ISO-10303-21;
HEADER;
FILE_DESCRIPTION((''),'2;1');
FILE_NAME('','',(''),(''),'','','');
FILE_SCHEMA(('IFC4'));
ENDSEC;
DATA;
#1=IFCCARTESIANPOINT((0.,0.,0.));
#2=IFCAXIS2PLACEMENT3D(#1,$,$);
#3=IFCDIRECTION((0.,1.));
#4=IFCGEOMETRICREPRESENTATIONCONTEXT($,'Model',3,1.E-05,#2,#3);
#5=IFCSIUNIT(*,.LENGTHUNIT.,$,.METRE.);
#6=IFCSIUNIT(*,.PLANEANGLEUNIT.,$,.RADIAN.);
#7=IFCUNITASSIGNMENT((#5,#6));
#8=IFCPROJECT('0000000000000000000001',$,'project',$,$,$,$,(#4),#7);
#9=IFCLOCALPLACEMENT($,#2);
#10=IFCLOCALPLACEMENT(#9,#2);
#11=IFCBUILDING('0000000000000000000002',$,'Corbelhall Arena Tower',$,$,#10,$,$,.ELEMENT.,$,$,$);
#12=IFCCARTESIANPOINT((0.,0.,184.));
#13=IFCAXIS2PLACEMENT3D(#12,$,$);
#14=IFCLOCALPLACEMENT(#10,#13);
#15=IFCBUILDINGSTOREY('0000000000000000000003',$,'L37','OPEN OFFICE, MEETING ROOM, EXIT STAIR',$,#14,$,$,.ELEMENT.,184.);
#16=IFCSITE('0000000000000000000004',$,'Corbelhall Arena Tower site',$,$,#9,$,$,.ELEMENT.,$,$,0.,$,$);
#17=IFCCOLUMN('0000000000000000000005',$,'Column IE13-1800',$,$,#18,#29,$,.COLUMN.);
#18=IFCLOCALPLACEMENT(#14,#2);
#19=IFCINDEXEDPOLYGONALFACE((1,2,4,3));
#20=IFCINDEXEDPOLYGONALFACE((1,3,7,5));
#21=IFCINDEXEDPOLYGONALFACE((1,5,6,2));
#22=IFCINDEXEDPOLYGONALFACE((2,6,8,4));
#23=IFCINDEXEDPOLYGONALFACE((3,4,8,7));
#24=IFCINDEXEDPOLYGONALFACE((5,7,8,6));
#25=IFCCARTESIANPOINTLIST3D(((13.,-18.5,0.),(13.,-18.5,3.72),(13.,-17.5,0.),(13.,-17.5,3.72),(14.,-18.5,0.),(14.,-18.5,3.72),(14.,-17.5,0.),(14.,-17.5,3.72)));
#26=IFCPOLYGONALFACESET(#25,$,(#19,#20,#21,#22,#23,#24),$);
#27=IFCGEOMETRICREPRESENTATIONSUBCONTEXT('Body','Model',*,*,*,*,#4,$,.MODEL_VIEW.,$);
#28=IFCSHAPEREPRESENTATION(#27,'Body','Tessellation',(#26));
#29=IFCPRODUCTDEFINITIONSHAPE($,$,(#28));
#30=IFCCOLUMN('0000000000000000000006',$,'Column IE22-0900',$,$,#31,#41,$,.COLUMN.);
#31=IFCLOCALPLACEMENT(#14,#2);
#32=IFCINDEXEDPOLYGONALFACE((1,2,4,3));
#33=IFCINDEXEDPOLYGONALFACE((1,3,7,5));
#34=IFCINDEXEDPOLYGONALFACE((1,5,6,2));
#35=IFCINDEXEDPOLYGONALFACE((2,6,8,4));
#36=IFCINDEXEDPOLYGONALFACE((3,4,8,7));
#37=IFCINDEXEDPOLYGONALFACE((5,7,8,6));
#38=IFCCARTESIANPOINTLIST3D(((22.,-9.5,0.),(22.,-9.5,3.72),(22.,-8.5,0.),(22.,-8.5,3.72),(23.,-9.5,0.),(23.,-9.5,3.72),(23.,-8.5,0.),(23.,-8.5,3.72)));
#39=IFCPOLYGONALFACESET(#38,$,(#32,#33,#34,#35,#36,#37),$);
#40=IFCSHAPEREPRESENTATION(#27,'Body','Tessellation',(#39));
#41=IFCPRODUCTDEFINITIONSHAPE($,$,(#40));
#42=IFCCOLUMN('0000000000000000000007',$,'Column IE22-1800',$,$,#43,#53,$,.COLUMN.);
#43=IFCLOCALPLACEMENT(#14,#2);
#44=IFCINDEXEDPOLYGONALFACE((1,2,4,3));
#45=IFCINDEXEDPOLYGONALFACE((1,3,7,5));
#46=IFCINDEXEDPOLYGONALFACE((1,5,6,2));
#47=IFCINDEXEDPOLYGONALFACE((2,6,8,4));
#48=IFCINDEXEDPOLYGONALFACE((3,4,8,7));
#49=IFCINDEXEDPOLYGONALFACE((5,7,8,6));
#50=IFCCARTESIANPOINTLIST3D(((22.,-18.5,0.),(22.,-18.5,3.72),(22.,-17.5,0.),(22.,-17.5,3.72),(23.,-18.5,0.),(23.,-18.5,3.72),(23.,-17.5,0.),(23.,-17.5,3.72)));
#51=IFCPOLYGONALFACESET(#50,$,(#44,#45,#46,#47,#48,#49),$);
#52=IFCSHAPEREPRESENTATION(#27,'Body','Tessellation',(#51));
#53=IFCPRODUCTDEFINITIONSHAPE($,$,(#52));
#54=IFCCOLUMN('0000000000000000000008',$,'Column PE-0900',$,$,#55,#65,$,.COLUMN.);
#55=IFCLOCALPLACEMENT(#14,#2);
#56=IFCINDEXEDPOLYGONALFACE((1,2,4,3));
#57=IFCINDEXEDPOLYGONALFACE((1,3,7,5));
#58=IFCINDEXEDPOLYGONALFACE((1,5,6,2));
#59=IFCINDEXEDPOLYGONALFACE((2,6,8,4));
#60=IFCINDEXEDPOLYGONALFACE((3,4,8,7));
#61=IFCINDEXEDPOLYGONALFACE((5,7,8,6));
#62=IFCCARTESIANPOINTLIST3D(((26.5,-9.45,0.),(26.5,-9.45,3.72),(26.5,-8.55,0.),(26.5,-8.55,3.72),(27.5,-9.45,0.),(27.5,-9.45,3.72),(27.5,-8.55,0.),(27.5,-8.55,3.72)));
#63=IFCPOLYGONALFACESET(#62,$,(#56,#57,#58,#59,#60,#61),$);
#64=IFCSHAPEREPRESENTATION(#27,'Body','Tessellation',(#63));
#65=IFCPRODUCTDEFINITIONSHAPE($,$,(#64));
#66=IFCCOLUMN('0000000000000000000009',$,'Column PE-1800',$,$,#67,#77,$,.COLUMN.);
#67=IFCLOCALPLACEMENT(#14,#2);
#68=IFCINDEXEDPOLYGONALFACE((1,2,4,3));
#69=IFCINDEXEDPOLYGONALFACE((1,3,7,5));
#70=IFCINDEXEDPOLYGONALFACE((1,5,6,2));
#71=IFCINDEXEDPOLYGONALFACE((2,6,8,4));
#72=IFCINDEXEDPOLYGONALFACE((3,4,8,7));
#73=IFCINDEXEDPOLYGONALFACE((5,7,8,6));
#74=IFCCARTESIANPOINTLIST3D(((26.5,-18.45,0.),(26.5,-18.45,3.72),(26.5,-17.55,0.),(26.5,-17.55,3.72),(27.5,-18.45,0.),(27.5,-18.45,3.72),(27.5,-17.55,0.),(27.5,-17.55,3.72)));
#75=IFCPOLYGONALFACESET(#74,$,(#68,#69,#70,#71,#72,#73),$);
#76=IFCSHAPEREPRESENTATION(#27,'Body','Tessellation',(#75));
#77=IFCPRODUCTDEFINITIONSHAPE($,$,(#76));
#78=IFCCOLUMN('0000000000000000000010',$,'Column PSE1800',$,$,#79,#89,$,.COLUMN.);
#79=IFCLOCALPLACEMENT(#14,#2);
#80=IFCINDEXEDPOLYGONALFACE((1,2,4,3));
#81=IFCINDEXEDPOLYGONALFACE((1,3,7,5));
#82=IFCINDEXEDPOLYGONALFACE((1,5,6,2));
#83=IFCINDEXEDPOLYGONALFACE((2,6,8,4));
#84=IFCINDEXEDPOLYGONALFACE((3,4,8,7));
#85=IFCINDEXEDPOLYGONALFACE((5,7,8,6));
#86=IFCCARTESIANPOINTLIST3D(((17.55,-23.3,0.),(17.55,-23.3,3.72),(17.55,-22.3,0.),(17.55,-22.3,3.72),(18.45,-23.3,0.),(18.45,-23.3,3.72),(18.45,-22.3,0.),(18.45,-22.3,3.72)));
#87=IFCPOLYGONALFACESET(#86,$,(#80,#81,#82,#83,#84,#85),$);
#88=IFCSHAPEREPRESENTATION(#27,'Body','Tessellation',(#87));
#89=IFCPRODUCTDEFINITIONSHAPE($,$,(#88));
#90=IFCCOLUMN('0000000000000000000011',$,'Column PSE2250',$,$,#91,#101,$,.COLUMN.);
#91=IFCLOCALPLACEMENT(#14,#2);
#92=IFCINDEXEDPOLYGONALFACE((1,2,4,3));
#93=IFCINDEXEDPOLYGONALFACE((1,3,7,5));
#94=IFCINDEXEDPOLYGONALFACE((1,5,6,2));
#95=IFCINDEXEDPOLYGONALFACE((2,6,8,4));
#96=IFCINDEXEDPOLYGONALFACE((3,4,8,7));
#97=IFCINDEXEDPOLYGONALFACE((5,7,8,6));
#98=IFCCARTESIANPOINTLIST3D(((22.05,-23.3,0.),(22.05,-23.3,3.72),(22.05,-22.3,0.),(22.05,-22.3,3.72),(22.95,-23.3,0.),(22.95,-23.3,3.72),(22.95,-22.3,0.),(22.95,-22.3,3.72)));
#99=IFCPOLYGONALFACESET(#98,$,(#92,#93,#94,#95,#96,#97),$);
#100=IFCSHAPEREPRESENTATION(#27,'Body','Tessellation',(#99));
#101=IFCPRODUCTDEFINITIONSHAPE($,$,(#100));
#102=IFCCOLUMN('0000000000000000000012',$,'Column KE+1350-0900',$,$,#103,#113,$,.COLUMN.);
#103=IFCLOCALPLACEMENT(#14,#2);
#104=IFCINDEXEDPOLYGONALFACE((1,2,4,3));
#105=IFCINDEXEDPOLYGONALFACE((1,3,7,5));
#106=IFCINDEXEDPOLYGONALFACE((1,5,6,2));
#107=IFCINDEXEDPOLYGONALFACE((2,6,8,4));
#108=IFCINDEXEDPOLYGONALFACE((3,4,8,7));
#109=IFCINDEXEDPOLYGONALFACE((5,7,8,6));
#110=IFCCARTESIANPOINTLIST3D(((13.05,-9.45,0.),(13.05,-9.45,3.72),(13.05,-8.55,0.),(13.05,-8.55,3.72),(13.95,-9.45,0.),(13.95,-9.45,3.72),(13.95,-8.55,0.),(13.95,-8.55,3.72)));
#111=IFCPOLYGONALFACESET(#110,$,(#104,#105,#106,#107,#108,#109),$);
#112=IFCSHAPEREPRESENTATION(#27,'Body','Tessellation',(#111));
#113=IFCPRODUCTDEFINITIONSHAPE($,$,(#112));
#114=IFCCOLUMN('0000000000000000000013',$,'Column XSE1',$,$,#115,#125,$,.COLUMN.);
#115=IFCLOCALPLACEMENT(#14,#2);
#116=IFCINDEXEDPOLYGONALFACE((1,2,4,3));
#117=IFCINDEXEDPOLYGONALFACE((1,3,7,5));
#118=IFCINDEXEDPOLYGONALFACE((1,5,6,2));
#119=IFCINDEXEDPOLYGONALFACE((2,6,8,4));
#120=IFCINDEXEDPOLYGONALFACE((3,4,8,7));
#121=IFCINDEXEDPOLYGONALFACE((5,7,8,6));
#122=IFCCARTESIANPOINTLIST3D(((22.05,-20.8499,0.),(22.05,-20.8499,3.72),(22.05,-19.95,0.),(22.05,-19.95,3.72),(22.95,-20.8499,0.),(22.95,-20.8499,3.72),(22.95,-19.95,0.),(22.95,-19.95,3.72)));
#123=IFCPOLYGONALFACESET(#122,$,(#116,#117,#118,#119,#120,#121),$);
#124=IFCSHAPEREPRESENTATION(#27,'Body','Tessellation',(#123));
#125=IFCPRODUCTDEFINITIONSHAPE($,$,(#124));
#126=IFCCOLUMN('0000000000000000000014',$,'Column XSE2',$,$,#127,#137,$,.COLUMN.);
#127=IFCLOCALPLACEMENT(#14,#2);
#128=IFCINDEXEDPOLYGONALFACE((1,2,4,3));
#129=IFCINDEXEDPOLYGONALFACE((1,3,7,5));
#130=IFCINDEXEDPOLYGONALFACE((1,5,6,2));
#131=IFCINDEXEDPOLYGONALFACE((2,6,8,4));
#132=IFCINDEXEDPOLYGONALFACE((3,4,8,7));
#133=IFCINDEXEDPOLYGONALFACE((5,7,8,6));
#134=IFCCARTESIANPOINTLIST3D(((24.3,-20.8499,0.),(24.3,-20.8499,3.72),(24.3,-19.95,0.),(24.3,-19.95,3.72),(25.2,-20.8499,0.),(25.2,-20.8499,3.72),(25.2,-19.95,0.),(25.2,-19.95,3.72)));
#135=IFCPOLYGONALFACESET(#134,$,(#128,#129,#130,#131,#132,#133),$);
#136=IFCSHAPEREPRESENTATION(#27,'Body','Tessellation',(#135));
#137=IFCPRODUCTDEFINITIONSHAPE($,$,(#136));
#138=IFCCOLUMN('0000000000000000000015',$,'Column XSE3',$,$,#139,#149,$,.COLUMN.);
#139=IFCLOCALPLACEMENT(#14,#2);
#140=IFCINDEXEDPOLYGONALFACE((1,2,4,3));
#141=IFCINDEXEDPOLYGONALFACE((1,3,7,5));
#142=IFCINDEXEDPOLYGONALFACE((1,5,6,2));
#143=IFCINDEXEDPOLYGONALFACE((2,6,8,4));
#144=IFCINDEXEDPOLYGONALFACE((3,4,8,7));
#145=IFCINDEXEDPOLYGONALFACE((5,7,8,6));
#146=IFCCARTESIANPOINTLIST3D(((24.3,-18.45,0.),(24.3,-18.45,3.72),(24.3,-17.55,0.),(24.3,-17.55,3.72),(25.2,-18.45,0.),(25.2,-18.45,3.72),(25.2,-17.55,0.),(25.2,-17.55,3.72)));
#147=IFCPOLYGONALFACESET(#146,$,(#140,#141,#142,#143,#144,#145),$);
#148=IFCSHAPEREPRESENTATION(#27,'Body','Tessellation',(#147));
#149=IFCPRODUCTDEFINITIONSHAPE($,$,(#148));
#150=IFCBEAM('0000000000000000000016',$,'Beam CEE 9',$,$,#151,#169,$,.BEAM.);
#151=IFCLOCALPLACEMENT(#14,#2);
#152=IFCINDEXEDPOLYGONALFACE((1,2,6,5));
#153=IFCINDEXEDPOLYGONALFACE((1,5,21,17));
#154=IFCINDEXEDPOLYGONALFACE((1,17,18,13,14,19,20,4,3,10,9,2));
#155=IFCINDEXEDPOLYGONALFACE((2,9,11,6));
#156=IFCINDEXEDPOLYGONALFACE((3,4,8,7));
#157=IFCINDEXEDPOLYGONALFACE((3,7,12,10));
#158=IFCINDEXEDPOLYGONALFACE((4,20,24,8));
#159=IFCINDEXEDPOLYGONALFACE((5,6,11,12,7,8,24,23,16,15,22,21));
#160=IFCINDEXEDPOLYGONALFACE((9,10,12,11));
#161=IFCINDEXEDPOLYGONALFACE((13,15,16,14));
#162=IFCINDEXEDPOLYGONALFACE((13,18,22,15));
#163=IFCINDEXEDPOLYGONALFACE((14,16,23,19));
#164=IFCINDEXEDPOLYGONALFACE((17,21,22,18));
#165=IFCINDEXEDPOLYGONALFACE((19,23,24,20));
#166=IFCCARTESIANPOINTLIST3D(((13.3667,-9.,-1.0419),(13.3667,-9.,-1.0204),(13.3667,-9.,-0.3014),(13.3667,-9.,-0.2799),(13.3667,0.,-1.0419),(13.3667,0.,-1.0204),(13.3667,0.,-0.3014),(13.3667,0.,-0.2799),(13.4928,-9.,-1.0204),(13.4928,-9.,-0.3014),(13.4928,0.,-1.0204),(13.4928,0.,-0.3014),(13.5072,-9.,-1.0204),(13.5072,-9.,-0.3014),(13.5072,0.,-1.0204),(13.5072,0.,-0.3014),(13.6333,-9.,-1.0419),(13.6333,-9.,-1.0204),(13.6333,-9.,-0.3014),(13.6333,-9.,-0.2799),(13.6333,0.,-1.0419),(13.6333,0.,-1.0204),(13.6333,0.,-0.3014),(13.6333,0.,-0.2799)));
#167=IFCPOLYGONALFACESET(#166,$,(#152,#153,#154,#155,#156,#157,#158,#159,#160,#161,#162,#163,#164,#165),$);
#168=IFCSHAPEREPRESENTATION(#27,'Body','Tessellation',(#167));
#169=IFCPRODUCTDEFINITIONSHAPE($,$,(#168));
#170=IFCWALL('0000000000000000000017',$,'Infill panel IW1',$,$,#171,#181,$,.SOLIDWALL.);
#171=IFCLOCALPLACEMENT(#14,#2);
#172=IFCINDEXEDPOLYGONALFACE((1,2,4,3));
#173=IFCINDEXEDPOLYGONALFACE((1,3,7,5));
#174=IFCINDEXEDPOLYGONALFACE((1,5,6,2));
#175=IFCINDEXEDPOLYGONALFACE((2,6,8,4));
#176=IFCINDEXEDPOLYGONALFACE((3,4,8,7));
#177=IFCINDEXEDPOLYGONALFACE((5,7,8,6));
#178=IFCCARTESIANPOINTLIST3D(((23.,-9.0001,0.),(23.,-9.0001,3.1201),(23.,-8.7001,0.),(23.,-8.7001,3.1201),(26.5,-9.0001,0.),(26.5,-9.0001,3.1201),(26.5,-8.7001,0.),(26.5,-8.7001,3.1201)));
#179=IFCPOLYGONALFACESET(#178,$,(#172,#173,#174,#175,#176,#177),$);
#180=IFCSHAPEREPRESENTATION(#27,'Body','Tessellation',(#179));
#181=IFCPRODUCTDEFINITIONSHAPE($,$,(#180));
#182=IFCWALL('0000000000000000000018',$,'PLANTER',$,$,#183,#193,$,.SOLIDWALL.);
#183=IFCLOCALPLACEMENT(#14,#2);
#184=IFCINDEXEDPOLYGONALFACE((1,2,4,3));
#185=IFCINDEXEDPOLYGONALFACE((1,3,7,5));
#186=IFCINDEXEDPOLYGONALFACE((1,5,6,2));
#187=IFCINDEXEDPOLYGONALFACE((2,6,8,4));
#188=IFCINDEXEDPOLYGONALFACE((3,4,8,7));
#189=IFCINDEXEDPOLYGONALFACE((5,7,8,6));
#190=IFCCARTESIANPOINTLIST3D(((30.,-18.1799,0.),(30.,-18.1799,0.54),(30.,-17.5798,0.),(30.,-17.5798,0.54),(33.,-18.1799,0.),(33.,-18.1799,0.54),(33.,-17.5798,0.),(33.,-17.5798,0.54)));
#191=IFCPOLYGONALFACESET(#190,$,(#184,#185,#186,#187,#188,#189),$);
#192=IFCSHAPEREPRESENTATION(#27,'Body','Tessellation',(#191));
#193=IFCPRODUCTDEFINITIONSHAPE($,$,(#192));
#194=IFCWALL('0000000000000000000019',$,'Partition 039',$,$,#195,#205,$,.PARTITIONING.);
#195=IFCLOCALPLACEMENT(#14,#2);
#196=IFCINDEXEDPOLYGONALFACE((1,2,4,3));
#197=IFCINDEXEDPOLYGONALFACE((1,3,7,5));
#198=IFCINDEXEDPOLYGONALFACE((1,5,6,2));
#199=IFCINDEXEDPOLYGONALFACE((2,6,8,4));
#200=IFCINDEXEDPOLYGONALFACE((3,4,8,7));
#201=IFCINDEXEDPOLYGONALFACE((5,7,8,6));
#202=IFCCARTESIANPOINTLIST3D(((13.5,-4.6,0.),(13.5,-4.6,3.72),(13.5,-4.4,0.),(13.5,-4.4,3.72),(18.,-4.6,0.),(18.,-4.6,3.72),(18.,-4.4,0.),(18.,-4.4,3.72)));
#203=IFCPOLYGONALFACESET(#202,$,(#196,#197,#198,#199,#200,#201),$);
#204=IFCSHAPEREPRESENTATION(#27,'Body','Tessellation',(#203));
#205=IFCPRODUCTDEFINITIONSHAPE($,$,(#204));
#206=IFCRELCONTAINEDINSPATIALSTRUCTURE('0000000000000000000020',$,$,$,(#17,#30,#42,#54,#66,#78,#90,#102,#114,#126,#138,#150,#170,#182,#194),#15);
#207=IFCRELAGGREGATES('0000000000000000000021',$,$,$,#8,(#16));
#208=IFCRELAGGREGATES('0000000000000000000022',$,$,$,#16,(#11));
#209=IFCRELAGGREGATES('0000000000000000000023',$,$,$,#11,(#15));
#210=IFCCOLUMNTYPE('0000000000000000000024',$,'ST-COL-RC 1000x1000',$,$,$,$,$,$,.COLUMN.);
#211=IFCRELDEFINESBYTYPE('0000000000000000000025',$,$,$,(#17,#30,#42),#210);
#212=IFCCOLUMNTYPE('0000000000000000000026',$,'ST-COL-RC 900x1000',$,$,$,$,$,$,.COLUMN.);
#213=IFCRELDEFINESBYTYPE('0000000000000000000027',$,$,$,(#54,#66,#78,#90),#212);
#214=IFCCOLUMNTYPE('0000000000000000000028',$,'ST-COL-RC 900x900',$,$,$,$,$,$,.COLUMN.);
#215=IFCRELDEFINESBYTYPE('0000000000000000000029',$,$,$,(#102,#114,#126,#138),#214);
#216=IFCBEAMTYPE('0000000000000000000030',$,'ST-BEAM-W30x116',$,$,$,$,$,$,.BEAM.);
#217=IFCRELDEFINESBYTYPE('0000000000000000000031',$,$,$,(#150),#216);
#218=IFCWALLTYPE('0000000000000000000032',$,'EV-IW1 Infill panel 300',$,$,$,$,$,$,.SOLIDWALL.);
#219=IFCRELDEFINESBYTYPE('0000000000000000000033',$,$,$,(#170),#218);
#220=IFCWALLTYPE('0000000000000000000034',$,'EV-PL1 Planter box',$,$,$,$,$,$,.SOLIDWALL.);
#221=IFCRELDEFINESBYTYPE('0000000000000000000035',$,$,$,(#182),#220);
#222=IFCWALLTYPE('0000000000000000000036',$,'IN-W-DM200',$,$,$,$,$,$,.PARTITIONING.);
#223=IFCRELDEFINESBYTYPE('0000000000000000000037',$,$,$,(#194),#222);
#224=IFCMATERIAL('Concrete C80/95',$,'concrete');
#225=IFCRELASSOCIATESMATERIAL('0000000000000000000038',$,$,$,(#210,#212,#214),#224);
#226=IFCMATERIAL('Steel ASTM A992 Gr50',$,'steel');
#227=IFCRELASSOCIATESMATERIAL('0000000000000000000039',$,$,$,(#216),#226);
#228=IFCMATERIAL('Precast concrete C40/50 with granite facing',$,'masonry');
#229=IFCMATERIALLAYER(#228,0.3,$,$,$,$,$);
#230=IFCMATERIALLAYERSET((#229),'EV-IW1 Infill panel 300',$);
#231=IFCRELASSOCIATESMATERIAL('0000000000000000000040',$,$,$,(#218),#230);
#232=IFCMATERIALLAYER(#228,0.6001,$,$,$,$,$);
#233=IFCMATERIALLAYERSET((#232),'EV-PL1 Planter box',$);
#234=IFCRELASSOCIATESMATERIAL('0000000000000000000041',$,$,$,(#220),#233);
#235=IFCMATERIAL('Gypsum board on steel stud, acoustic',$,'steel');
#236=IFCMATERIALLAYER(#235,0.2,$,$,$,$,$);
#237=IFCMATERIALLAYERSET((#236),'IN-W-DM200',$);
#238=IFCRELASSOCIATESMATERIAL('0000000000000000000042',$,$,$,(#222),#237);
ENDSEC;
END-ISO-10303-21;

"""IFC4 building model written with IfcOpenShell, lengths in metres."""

from ifc_helpers import new_model, si_unit, direction, frame, frame_2d, origin, origin_2d, place, context, subcontext, project, spatial, rectangle, i_section, extrude, material, layer, layer_set, material_profile, profile_set, type_object, element, save


model = new_model("IFC4")

# Units and contexts
model_context = context("Model", 3, precision=1e-05, world=origin(), true_north=direction((0.0, 1.0)))
body_context = subcontext(model_context, "Body", "Model", "MODEL_VIEW")
ifc_project = project(units=[si_unit("LENGTHUNIT", "METRE"), si_unit("PLANEANGLEUNIT", "RADIAN")], contexts=[model_context])

# Site, building, storey
site_placement = place(None, origin())
site = spatial("IfcSite", under=ifc_project, at=site_placement, Name="Corbelhall Arena Tower site", CompositionType="ELEMENT", RefElevation=0.0)
building_placement = place(site_placement, origin())
building = spatial("IfcBuilding", under=site, at=building_placement, Name="Corbelhall Arena Tower", CompositionType="ELEMENT")
storey_placement = place(building_placement, frame((0.0, 0.0, 184.0)))
storey = spatial("IfcBuildingStorey", under=building, at=storey_placement, Name="L37", Description="OPEN OFFICE, MEETING ROOM, EXIT STAIR", CompositionType="ELEMENT", Elevation=184.0)

# Columns
ifc_material_1 = material(Name="Concrete C80/95", Category="concrete")
ifc_material_profile_1 = material_profile(ifc_material_1, rectangle(XDim=1.0, YDim=1.0, at=origin_2d()))
ifc_profile_set_1 = profile_set([ifc_material_profile_1], Name="Concrete C80/95")
column_type_1 = type_object("IfcColumnType", Name="ST-COL-RC 1000x1000", PredefinedType="COLUMN", material=ifc_profile_set_1)
for number, where, z_axis, x_axis, name in (
    (1, (13.5, -18.0, 0.0), (0.0, 0.0, 1.0), (1.0, 0.0, 0.0), "Column IE13-1800"),
    (2, (22.5, -9.0, 0.0), (0.0, 0.0, 1.0), (1.0, 0.0, 0.0), "Column IE22-0900"),
    (3, (22.5, -18.0, 0.0), (0.0, 0.0, 1.0), (1.0, 0.0, 0.0), "Column IE22-1800"),
):
    element("IfcColumn", number, at=place(storey_placement, frame(where, z_axis=z_axis, x_axis=x_axis)), inside=storey, type_object=column_type_1, Name=name, PredefinedType="COLUMN", context=body_context, shape_type="SweptSolid", body=[
        extrude(rectangle(XDim=1.0, YDim=1.0, at=origin_2d()), origin(), (0.0, 0.0, 1.0), 3.72),
    ])
ifc_material_profile_2 = material_profile(ifc_material_1, rectangle(XDim=0.8999, YDim=1.0, at=origin_2d()))
ifc_profile_set_2 = profile_set([ifc_material_profile_2], Name="Concrete C80/95")
column_type_2 = type_object("IfcColumnType", Name="ST-COL-RC 900x1000", PredefinedType="COLUMN", material=ifc_profile_set_2)
for number, where, z_axis, x_axis, name in (
    (4, (27.0, -9.0, 0.0), (0.0, 0.0, 1.0), (0.0, 1.0, 0.0), "Column PE-0900"),
    (5, (27.0, -18.0, 0.0), (0.0, 0.0, 1.0), (0.0, 1.0, 0.0), "Column PE-1800"),
    (6, (18.0, -22.8, 0.0), (0.0, 0.0, 1.0), (1.0, 0.0, 0.0), "Column PSE1800"),
    (7, (22.5, -22.8, 0.0), (0.0, 0.0, 1.0), (1.0, 0.0, 0.0), "Column PSE2250"),
):
    element("IfcColumn", number, at=place(storey_placement, frame(where, z_axis=z_axis, x_axis=x_axis)), inside=storey, type_object=column_type_2, Name=name, PredefinedType="COLUMN", context=body_context, shape_type="SweptSolid", body=[
        extrude(rectangle(XDim=0.8999, YDim=1.0, at=origin_2d()), origin(), (0.0, 0.0, 1.0), 3.72),
    ])
ifc_material_profile_3 = material_profile(ifc_material_1, rectangle(XDim=0.8999, YDim=0.8999, at=origin_2d()))
ifc_profile_set_3 = profile_set([ifc_material_profile_3], Name="Concrete C80/95")
column_type_3 = type_object("IfcColumnType", Name="ST-COL-RC 900x900", PredefinedType="COLUMN", material=ifc_profile_set_3)
for number, where, z_axis, x_axis, name in (
    (8, (13.5, -9.0, 0.0), (0.0, 0.0, 1.0), (1.0, 0.0, 0.0), "Column KE+1350-0900"),
    (9, (22.5, -20.3999, 0.0), (0.0, 0.0, 1.0), (1.0, 0.0, 0.0), "Column XSE1"),
    (10, (24.75, -20.3999, 0.0), (0.0, 0.0, 1.0), (1.0, 0.0, 0.0), "Column XSE2"),
    (11, (24.75, -18.0, 0.0), (0.0, 0.0, 1.0), (1.0, 0.0, 0.0), "Column XSE3"),
):
    element("IfcColumn", number, at=place(storey_placement, frame(where, z_axis=z_axis, x_axis=x_axis)), inside=storey, type_object=column_type_3, Name=name, PredefinedType="COLUMN", context=body_context, shape_type="SweptSolid", body=[
        extrude(rectangle(XDim=0.8999, YDim=0.8999, at=origin_2d()), origin(), (0.0, 0.0, 1.0), 3.72),
    ])

# Beam
ifc_material_2 = material(Name="Steel ASTM A992 Gr50", Category="steel")
ifc_material_profile_4 = material_profile(ifc_material_2, i_section(OverallWidth=0.2666, OverallDepth=0.762, WebThickness=0.0144, FlangeThickness=0.0215, at=origin_2d()))
ifc_profile_set_4 = profile_set([ifc_material_profile_4], Name="Steel ASTM A992 Gr50")
beam_type = type_object("IfcBeamType", Name="ST-BEAM-W30x116", PredefinedType="BEAM", material=ifc_profile_set_4)
beam_placement = place(storey_placement, frame((13.5, -9.0, -0.6609), z_axis=(0.0, 1.0, 0.0), x_axis=(-1.0, 0.0, 0.0)))
element("IfcBeam", 12, at=beam_placement, inside=storey, type_object=beam_type, Name="Beam CEE 9", PredefinedType="BEAM", context=body_context, shape_type="SweptSolid", body=[
    extrude(i_section(OverallWidth=0.2666, OverallDepth=0.762, WebThickness=0.0144, FlangeThickness=0.0215, at=origin_2d()), origin(), (0.0, 0.0, 1.0), 9.0),
])

# Shared definitions
ifc_material_3 = material(Name="Precast concrete C40/50 with granite facing", Category="masonry")
ifc_layer_1 = layer(ifc_material_3, 0.3)
ifc_layer_set_1 = layer_set([ifc_layer_1], Name="EV-IW1 Infill panel 300")
wall_type_1 = type_object("IfcWallType", Name="EV-IW1 Infill panel 300", PredefinedType="SOLIDWALL", material=ifc_layer_set_1)

# Walls
wall_1_placement = place(storey_placement, frame((23.0, -8.8501, 0.0), z_axis=(0.0, 0.0, 1.0), x_axis=(1.0, 0.0, 0.0)))
element("IfcWall", 13, at=wall_1_placement, inside=storey, type_object=wall_type_1, Name="Infill panel IW1", PredefinedType="SOLIDWALL", context=body_context, shape_type="SweptSolid", body=[
    extrude(rectangle(XDim=3.5, YDim=0.3, at=frame_2d((1.75, 0.0))), origin(), (0.0, 0.0, 1.0), 3.1201),
])
ifc_layer_2 = layer(ifc_material_3, 0.6001)
ifc_layer_set_2 = layer_set([ifc_layer_2], Name="EV-PL1 Planter box")
wall_type_2 = type_object("IfcWallType", Name="EV-PL1 Planter box", PredefinedType="SOLIDWALL", material=ifc_layer_set_2)
wall_2_placement = place(storey_placement, frame((33.0, -17.8799, 0.0), z_axis=(0.0, 0.0, 1.0), x_axis=(-1.0, 0.0, 0.0)))
element("IfcWall", 14, at=wall_2_placement, inside=storey, type_object=wall_type_2, Name="PLANTER", PredefinedType="SOLIDWALL", context=body_context, shape_type="SweptSolid", body=[
    extrude(rectangle(XDim=3.0, YDim=0.6001, at=frame_2d((1.5, 0.0))), origin(), (0.0, 0.0, 1.0), 0.54),
])
ifc_material_4 = material(Name="Gypsum board on steel stud, acoustic", Category="steel")
ifc_layer_3 = layer(ifc_material_4, 0.2)
ifc_layer_set_3 = layer_set([ifc_layer_3], Name="IN-W-DM200")
wall_type_3 = type_object("IfcWallType", Name="IN-W-DM200", PredefinedType="PARTITIONING", material=ifc_layer_set_3)
wall_3_placement = place(storey_placement, frame((13.5, -4.5, 0.0), z_axis=(0.0, 0.0, 1.0), x_axis=(1.0, 0.0, 0.0)))
element("IfcWall", 15, at=wall_3_placement, inside=storey, type_object=wall_type_3, Name="Partition 039", PredefinedType="PARTITIONING", context=body_context, shape_type="SweptSolid", body=[
    extrude(rectangle(XDim=4.5, YDim=0.2, at=frame_2d((2.25, 0.0))), origin(), (0.0, 0.0, 1.0), 3.72),
])

save(model, "model.ifc")
